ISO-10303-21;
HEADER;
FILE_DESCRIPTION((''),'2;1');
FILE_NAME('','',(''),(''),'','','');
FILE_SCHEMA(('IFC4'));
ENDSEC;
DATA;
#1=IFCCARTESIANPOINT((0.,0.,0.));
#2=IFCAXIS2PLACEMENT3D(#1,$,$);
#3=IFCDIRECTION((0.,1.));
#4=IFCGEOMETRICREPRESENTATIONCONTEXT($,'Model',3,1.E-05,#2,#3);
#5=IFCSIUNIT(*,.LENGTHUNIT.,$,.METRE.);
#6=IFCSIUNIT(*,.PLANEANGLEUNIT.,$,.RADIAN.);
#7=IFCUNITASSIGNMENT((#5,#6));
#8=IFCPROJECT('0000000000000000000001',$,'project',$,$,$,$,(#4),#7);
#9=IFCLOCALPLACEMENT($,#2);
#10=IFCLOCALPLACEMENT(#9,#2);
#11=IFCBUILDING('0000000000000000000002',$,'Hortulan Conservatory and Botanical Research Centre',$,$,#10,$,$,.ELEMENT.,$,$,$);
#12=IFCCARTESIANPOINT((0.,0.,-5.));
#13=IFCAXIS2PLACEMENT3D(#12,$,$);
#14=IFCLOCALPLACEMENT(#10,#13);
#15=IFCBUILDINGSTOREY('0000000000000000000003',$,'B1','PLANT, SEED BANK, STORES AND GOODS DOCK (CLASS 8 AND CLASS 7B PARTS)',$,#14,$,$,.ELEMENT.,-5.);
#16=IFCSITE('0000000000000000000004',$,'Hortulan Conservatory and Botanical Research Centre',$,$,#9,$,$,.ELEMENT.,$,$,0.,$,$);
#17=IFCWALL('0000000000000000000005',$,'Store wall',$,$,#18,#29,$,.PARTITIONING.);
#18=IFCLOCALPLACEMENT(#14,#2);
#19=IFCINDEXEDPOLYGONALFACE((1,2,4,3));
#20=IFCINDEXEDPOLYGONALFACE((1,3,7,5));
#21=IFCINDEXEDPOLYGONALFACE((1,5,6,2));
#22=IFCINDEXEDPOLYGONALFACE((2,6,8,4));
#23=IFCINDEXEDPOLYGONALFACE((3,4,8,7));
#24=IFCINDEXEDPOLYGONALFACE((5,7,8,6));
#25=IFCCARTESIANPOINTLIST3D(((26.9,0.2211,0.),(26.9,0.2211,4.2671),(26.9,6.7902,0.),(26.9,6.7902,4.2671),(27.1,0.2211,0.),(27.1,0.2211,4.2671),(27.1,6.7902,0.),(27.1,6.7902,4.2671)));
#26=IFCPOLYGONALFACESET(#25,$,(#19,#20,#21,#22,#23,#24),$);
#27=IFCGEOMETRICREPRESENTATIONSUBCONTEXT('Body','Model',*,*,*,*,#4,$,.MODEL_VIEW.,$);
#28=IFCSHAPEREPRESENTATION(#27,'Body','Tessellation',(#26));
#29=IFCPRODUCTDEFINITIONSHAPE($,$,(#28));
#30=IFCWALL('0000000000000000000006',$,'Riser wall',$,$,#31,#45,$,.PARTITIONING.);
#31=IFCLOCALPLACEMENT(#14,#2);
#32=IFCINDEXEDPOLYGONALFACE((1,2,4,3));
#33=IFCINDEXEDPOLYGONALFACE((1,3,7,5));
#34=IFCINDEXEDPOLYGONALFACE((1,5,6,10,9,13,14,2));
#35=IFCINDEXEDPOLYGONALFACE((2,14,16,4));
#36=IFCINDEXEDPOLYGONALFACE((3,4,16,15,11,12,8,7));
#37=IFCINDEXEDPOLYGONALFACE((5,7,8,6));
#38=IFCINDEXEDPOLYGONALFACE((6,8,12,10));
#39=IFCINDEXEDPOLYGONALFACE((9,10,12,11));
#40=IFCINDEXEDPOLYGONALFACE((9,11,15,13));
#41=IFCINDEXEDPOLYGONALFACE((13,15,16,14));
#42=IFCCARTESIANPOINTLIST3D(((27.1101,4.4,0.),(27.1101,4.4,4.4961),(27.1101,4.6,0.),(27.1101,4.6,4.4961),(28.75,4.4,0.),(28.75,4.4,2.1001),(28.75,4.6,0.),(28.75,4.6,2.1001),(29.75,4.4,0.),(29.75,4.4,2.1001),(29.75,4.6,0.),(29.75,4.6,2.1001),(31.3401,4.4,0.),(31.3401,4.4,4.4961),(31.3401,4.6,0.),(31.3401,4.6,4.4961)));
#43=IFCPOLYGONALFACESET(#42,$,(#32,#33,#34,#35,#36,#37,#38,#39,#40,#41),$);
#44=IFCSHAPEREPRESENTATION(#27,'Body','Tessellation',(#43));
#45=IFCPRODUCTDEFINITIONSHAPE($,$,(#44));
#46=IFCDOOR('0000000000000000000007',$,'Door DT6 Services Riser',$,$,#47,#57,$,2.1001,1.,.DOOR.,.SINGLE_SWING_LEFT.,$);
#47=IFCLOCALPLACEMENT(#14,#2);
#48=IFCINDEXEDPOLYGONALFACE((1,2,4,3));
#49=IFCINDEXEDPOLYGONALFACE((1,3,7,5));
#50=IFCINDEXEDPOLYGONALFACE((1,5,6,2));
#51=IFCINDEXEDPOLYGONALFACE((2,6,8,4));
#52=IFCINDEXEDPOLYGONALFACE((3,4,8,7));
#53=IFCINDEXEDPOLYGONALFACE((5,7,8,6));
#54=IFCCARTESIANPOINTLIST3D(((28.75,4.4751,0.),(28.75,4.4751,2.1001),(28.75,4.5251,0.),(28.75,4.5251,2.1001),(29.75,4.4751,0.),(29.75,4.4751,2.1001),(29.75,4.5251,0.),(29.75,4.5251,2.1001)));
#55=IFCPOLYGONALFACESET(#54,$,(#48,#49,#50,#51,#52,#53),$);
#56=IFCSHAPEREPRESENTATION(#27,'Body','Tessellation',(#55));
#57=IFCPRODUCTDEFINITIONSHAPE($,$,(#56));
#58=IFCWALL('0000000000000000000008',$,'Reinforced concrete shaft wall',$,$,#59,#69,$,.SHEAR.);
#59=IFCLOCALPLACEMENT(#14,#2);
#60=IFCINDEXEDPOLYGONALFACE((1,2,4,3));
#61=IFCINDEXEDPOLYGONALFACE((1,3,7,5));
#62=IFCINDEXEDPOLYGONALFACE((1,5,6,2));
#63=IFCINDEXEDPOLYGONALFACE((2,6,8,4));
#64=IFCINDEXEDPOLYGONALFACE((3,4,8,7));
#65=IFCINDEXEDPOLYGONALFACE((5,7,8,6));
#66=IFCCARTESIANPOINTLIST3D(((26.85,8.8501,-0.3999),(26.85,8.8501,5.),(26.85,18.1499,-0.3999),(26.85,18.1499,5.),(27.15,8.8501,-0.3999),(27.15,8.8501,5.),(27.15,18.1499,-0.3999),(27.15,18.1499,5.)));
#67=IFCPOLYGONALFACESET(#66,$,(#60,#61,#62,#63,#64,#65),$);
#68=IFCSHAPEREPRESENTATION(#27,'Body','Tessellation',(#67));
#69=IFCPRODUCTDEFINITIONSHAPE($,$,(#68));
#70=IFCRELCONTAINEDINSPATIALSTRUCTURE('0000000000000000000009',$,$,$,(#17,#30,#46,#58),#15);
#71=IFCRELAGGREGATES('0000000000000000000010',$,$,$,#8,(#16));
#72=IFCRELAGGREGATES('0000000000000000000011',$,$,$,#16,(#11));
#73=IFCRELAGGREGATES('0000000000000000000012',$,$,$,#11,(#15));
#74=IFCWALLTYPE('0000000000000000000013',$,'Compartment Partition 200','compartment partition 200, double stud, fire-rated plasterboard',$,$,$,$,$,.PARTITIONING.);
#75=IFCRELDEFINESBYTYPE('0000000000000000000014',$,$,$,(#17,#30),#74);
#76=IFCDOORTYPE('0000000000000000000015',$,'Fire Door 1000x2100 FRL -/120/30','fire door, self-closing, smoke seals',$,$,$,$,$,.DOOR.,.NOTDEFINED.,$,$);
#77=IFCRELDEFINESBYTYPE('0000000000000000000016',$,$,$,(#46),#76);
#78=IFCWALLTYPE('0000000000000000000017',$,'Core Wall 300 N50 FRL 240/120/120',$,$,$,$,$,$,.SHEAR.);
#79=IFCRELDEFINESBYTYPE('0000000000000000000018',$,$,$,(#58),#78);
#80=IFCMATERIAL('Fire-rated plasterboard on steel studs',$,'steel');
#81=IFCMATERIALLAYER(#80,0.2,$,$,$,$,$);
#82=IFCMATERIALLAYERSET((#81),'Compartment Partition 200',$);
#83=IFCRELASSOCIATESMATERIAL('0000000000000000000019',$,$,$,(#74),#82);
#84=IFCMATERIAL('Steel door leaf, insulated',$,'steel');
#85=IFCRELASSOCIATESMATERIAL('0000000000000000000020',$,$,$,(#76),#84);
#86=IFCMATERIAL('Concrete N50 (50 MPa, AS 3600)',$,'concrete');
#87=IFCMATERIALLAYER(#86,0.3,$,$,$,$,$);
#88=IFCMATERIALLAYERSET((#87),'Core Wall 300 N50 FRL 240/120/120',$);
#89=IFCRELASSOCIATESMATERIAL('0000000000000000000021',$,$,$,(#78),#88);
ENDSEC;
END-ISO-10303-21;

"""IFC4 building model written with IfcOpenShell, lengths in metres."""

from ifc_helpers import new_model, si_unit, direction, frame, frame_2d, origin, place, context, subcontext, project, spatial, rectangle, extrude, material, layer, layer_set, type_object, element, fill, save


model = new_model("IFC4")

# Units and contexts
model_context = context("Model", 3, precision=1e-05, world=origin(), true_north=direction((0.0, 1.0)))
body_context = subcontext(model_context, "Body", "Model", "MODEL_VIEW")
ifc_project = project(units=[si_unit("LENGTHUNIT", "METRE"), si_unit("PLANEANGLEUNIT", "RADIAN")], contexts=[model_context])

# Site, building, storey
site_placement = place(None, origin())
site = spatial("IfcSite", under=ifc_project, at=site_placement, Name="Hortulan Conservatory and Botanical Research Centre", CompositionType="ELEMENT", RefElevation=0.0)
building_placement = place(site_placement, origin())
building = spatial("IfcBuilding", under=site, at=building_placement, Name="Hortulan Conservatory and Botanical Research Centre", CompositionType="ELEMENT")
storey_placement = place(building_placement, frame((0.0, 0.0, -5.0)))
storey = spatial("IfcBuildingStorey", under=building, at=storey_placement, Name="B1", Description="PLANT, SEED BANK, STORES AND GOODS DOCK (CLASS 8 AND CLASS 7B PARTS)", CompositionType="ELEMENT", Elevation=-5.0)

# Wall
ifc_material_1 = material(Name="Fire-rated plasterboard on steel studs", Category="steel")
ifc_layer_1 = layer(ifc_material_1, 0.2)
ifc_layer_set_1 = layer_set([ifc_layer_1], Name="Compartment Partition 200")
wall_type_1 = type_object("IfcWallType", Name="Compartment Partition 200", Description="compartment partition 200, double stud, fire-rated plasterboard", PredefinedType="PARTITIONING", material=ifc_layer_set_1)
wall_1_placement = place(storey_placement, frame((27.0, 0.2209, 0.0), z_axis=(0.0, 0.0, 1.0), x_axis=(0.0, 1.0, 0.0)))
element("IfcWall", 1, at=wall_1_placement, inside=storey, type_object=wall_type_1, Name="Store wall", PredefinedType="PARTITIONING", context=body_context, shape_type="SweptSolid", body=[
    extrude(rectangle(XDim=6.5691, YDim=0.2, at=frame_2d((3.2847, 0.0))), origin(), (0.0, 0.0, 1.0), 4.2671),
])

# Wall, opening, door
wall_2_placement = place(storey_placement, frame((27.1101, 4.5, 0.0), z_axis=(0.0, 0.0, 1.0), x_axis=(1.0, 0.0, 0.0)))
wall_2 = element("IfcWall", 2, at=wall_2_placement, inside=storey, type_object=wall_type_1, Name="Riser wall", PredefinedType="PARTITIONING", context=body_context, shape_type="SweptSolid", body=[
    extrude(rectangle(XDim=4.23, YDim=0.2, at=frame_2d((2.115, 0.0))), origin(), (0.0, 0.0, 1.0), 4.4961),
])
opening_placement = place(wall_2_placement, frame((1.6399, 0.0, 0.0)))
opening = element("IfcOpeningElement", 3, at=opening_placement, cuts=wall_2, PredefinedType="OPENING", context=body_context, shape_type="SweptSolid", body=[
    extrude(rectangle(XDim=1.0, YDim=2.1001, at=frame_2d((0.5, 1.05))), frame((0.0, 0.1099, 0.0), z_axis=(0.0, -1.0, 0.0), x_axis=(1.0, 0.0, 0.0)), (0.0, 0.0, 1.0), 0.22),
])
ifc_material_2 = material(Name="Steel door leaf, insulated", Category="steel")
door_type = type_object("IfcDoorType", Name="Fire Door 1000x2100 FRL -/120/30", Description="fire door, self-closing, smoke seals", OperationType="NOTDEFINED", PredefinedType="DOOR", material=ifc_material_2)
door_placement = place(opening_placement, frame((1.0, 0.0, 0.0), z_axis=(0.0, 0.0, 1.0), x_axis=(-1.0, 0.0, 0.0)))
door = element("IfcDoor", 4, at=door_placement, inside=storey, type_object=door_type, Name="Door DT6 Services Riser", OperationType="SINGLE_SWING_LEFT", OverallHeight=2.1001, OverallWidth=1.0, PredefinedType="DOOR", context=body_context, shape_type="SweptSolid", body=[
    extrude(rectangle(XDim=1.0, YDim=2.1001, at=frame_2d((0.5, 1.05))), frame((0.0, 0.0249, 0.0), z_axis=(0.0, -1.0, 0.0), x_axis=(1.0, 0.0, 0.0)), (0.0, 0.0, 1.0), 0.05),
])
fill(opening, door)

# Wall
ifc_material_3 = material(Name="Concrete N50 (50 MPa, AS 3600)", Category="concrete")
ifc_layer_2 = layer(ifc_material_3, 0.3)
ifc_layer_set_2 = layer_set([ifc_layer_2], Name="Core Wall 300 N50 FRL 240/120/120")
wall_type_2 = type_object("IfcWallType", Name="Core Wall 300 N50 FRL 240/120/120", PredefinedType="SHEAR", material=ifc_layer_set_2)
wall_3_placement = place(storey_placement, frame((27.0, 8.8501, -0.3999), z_axis=(0.0, 0.0, 1.0), x_axis=(0.0, 1.0, 0.0)))
element("IfcWall", 5, at=wall_3_placement, inside=storey, type_object=wall_type_2, Name="Reinforced concrete shaft wall", PredefinedType="SHEAR", context=body_context, shape_type="SweptSolid", body=[
    extrude(rectangle(XDim=9.2998, YDim=0.3, at=frame_2d((4.6499, 0.0))), origin(), (0.0, 0.0, 1.0), 5.3999),
])

save(model, "model.ifc")
